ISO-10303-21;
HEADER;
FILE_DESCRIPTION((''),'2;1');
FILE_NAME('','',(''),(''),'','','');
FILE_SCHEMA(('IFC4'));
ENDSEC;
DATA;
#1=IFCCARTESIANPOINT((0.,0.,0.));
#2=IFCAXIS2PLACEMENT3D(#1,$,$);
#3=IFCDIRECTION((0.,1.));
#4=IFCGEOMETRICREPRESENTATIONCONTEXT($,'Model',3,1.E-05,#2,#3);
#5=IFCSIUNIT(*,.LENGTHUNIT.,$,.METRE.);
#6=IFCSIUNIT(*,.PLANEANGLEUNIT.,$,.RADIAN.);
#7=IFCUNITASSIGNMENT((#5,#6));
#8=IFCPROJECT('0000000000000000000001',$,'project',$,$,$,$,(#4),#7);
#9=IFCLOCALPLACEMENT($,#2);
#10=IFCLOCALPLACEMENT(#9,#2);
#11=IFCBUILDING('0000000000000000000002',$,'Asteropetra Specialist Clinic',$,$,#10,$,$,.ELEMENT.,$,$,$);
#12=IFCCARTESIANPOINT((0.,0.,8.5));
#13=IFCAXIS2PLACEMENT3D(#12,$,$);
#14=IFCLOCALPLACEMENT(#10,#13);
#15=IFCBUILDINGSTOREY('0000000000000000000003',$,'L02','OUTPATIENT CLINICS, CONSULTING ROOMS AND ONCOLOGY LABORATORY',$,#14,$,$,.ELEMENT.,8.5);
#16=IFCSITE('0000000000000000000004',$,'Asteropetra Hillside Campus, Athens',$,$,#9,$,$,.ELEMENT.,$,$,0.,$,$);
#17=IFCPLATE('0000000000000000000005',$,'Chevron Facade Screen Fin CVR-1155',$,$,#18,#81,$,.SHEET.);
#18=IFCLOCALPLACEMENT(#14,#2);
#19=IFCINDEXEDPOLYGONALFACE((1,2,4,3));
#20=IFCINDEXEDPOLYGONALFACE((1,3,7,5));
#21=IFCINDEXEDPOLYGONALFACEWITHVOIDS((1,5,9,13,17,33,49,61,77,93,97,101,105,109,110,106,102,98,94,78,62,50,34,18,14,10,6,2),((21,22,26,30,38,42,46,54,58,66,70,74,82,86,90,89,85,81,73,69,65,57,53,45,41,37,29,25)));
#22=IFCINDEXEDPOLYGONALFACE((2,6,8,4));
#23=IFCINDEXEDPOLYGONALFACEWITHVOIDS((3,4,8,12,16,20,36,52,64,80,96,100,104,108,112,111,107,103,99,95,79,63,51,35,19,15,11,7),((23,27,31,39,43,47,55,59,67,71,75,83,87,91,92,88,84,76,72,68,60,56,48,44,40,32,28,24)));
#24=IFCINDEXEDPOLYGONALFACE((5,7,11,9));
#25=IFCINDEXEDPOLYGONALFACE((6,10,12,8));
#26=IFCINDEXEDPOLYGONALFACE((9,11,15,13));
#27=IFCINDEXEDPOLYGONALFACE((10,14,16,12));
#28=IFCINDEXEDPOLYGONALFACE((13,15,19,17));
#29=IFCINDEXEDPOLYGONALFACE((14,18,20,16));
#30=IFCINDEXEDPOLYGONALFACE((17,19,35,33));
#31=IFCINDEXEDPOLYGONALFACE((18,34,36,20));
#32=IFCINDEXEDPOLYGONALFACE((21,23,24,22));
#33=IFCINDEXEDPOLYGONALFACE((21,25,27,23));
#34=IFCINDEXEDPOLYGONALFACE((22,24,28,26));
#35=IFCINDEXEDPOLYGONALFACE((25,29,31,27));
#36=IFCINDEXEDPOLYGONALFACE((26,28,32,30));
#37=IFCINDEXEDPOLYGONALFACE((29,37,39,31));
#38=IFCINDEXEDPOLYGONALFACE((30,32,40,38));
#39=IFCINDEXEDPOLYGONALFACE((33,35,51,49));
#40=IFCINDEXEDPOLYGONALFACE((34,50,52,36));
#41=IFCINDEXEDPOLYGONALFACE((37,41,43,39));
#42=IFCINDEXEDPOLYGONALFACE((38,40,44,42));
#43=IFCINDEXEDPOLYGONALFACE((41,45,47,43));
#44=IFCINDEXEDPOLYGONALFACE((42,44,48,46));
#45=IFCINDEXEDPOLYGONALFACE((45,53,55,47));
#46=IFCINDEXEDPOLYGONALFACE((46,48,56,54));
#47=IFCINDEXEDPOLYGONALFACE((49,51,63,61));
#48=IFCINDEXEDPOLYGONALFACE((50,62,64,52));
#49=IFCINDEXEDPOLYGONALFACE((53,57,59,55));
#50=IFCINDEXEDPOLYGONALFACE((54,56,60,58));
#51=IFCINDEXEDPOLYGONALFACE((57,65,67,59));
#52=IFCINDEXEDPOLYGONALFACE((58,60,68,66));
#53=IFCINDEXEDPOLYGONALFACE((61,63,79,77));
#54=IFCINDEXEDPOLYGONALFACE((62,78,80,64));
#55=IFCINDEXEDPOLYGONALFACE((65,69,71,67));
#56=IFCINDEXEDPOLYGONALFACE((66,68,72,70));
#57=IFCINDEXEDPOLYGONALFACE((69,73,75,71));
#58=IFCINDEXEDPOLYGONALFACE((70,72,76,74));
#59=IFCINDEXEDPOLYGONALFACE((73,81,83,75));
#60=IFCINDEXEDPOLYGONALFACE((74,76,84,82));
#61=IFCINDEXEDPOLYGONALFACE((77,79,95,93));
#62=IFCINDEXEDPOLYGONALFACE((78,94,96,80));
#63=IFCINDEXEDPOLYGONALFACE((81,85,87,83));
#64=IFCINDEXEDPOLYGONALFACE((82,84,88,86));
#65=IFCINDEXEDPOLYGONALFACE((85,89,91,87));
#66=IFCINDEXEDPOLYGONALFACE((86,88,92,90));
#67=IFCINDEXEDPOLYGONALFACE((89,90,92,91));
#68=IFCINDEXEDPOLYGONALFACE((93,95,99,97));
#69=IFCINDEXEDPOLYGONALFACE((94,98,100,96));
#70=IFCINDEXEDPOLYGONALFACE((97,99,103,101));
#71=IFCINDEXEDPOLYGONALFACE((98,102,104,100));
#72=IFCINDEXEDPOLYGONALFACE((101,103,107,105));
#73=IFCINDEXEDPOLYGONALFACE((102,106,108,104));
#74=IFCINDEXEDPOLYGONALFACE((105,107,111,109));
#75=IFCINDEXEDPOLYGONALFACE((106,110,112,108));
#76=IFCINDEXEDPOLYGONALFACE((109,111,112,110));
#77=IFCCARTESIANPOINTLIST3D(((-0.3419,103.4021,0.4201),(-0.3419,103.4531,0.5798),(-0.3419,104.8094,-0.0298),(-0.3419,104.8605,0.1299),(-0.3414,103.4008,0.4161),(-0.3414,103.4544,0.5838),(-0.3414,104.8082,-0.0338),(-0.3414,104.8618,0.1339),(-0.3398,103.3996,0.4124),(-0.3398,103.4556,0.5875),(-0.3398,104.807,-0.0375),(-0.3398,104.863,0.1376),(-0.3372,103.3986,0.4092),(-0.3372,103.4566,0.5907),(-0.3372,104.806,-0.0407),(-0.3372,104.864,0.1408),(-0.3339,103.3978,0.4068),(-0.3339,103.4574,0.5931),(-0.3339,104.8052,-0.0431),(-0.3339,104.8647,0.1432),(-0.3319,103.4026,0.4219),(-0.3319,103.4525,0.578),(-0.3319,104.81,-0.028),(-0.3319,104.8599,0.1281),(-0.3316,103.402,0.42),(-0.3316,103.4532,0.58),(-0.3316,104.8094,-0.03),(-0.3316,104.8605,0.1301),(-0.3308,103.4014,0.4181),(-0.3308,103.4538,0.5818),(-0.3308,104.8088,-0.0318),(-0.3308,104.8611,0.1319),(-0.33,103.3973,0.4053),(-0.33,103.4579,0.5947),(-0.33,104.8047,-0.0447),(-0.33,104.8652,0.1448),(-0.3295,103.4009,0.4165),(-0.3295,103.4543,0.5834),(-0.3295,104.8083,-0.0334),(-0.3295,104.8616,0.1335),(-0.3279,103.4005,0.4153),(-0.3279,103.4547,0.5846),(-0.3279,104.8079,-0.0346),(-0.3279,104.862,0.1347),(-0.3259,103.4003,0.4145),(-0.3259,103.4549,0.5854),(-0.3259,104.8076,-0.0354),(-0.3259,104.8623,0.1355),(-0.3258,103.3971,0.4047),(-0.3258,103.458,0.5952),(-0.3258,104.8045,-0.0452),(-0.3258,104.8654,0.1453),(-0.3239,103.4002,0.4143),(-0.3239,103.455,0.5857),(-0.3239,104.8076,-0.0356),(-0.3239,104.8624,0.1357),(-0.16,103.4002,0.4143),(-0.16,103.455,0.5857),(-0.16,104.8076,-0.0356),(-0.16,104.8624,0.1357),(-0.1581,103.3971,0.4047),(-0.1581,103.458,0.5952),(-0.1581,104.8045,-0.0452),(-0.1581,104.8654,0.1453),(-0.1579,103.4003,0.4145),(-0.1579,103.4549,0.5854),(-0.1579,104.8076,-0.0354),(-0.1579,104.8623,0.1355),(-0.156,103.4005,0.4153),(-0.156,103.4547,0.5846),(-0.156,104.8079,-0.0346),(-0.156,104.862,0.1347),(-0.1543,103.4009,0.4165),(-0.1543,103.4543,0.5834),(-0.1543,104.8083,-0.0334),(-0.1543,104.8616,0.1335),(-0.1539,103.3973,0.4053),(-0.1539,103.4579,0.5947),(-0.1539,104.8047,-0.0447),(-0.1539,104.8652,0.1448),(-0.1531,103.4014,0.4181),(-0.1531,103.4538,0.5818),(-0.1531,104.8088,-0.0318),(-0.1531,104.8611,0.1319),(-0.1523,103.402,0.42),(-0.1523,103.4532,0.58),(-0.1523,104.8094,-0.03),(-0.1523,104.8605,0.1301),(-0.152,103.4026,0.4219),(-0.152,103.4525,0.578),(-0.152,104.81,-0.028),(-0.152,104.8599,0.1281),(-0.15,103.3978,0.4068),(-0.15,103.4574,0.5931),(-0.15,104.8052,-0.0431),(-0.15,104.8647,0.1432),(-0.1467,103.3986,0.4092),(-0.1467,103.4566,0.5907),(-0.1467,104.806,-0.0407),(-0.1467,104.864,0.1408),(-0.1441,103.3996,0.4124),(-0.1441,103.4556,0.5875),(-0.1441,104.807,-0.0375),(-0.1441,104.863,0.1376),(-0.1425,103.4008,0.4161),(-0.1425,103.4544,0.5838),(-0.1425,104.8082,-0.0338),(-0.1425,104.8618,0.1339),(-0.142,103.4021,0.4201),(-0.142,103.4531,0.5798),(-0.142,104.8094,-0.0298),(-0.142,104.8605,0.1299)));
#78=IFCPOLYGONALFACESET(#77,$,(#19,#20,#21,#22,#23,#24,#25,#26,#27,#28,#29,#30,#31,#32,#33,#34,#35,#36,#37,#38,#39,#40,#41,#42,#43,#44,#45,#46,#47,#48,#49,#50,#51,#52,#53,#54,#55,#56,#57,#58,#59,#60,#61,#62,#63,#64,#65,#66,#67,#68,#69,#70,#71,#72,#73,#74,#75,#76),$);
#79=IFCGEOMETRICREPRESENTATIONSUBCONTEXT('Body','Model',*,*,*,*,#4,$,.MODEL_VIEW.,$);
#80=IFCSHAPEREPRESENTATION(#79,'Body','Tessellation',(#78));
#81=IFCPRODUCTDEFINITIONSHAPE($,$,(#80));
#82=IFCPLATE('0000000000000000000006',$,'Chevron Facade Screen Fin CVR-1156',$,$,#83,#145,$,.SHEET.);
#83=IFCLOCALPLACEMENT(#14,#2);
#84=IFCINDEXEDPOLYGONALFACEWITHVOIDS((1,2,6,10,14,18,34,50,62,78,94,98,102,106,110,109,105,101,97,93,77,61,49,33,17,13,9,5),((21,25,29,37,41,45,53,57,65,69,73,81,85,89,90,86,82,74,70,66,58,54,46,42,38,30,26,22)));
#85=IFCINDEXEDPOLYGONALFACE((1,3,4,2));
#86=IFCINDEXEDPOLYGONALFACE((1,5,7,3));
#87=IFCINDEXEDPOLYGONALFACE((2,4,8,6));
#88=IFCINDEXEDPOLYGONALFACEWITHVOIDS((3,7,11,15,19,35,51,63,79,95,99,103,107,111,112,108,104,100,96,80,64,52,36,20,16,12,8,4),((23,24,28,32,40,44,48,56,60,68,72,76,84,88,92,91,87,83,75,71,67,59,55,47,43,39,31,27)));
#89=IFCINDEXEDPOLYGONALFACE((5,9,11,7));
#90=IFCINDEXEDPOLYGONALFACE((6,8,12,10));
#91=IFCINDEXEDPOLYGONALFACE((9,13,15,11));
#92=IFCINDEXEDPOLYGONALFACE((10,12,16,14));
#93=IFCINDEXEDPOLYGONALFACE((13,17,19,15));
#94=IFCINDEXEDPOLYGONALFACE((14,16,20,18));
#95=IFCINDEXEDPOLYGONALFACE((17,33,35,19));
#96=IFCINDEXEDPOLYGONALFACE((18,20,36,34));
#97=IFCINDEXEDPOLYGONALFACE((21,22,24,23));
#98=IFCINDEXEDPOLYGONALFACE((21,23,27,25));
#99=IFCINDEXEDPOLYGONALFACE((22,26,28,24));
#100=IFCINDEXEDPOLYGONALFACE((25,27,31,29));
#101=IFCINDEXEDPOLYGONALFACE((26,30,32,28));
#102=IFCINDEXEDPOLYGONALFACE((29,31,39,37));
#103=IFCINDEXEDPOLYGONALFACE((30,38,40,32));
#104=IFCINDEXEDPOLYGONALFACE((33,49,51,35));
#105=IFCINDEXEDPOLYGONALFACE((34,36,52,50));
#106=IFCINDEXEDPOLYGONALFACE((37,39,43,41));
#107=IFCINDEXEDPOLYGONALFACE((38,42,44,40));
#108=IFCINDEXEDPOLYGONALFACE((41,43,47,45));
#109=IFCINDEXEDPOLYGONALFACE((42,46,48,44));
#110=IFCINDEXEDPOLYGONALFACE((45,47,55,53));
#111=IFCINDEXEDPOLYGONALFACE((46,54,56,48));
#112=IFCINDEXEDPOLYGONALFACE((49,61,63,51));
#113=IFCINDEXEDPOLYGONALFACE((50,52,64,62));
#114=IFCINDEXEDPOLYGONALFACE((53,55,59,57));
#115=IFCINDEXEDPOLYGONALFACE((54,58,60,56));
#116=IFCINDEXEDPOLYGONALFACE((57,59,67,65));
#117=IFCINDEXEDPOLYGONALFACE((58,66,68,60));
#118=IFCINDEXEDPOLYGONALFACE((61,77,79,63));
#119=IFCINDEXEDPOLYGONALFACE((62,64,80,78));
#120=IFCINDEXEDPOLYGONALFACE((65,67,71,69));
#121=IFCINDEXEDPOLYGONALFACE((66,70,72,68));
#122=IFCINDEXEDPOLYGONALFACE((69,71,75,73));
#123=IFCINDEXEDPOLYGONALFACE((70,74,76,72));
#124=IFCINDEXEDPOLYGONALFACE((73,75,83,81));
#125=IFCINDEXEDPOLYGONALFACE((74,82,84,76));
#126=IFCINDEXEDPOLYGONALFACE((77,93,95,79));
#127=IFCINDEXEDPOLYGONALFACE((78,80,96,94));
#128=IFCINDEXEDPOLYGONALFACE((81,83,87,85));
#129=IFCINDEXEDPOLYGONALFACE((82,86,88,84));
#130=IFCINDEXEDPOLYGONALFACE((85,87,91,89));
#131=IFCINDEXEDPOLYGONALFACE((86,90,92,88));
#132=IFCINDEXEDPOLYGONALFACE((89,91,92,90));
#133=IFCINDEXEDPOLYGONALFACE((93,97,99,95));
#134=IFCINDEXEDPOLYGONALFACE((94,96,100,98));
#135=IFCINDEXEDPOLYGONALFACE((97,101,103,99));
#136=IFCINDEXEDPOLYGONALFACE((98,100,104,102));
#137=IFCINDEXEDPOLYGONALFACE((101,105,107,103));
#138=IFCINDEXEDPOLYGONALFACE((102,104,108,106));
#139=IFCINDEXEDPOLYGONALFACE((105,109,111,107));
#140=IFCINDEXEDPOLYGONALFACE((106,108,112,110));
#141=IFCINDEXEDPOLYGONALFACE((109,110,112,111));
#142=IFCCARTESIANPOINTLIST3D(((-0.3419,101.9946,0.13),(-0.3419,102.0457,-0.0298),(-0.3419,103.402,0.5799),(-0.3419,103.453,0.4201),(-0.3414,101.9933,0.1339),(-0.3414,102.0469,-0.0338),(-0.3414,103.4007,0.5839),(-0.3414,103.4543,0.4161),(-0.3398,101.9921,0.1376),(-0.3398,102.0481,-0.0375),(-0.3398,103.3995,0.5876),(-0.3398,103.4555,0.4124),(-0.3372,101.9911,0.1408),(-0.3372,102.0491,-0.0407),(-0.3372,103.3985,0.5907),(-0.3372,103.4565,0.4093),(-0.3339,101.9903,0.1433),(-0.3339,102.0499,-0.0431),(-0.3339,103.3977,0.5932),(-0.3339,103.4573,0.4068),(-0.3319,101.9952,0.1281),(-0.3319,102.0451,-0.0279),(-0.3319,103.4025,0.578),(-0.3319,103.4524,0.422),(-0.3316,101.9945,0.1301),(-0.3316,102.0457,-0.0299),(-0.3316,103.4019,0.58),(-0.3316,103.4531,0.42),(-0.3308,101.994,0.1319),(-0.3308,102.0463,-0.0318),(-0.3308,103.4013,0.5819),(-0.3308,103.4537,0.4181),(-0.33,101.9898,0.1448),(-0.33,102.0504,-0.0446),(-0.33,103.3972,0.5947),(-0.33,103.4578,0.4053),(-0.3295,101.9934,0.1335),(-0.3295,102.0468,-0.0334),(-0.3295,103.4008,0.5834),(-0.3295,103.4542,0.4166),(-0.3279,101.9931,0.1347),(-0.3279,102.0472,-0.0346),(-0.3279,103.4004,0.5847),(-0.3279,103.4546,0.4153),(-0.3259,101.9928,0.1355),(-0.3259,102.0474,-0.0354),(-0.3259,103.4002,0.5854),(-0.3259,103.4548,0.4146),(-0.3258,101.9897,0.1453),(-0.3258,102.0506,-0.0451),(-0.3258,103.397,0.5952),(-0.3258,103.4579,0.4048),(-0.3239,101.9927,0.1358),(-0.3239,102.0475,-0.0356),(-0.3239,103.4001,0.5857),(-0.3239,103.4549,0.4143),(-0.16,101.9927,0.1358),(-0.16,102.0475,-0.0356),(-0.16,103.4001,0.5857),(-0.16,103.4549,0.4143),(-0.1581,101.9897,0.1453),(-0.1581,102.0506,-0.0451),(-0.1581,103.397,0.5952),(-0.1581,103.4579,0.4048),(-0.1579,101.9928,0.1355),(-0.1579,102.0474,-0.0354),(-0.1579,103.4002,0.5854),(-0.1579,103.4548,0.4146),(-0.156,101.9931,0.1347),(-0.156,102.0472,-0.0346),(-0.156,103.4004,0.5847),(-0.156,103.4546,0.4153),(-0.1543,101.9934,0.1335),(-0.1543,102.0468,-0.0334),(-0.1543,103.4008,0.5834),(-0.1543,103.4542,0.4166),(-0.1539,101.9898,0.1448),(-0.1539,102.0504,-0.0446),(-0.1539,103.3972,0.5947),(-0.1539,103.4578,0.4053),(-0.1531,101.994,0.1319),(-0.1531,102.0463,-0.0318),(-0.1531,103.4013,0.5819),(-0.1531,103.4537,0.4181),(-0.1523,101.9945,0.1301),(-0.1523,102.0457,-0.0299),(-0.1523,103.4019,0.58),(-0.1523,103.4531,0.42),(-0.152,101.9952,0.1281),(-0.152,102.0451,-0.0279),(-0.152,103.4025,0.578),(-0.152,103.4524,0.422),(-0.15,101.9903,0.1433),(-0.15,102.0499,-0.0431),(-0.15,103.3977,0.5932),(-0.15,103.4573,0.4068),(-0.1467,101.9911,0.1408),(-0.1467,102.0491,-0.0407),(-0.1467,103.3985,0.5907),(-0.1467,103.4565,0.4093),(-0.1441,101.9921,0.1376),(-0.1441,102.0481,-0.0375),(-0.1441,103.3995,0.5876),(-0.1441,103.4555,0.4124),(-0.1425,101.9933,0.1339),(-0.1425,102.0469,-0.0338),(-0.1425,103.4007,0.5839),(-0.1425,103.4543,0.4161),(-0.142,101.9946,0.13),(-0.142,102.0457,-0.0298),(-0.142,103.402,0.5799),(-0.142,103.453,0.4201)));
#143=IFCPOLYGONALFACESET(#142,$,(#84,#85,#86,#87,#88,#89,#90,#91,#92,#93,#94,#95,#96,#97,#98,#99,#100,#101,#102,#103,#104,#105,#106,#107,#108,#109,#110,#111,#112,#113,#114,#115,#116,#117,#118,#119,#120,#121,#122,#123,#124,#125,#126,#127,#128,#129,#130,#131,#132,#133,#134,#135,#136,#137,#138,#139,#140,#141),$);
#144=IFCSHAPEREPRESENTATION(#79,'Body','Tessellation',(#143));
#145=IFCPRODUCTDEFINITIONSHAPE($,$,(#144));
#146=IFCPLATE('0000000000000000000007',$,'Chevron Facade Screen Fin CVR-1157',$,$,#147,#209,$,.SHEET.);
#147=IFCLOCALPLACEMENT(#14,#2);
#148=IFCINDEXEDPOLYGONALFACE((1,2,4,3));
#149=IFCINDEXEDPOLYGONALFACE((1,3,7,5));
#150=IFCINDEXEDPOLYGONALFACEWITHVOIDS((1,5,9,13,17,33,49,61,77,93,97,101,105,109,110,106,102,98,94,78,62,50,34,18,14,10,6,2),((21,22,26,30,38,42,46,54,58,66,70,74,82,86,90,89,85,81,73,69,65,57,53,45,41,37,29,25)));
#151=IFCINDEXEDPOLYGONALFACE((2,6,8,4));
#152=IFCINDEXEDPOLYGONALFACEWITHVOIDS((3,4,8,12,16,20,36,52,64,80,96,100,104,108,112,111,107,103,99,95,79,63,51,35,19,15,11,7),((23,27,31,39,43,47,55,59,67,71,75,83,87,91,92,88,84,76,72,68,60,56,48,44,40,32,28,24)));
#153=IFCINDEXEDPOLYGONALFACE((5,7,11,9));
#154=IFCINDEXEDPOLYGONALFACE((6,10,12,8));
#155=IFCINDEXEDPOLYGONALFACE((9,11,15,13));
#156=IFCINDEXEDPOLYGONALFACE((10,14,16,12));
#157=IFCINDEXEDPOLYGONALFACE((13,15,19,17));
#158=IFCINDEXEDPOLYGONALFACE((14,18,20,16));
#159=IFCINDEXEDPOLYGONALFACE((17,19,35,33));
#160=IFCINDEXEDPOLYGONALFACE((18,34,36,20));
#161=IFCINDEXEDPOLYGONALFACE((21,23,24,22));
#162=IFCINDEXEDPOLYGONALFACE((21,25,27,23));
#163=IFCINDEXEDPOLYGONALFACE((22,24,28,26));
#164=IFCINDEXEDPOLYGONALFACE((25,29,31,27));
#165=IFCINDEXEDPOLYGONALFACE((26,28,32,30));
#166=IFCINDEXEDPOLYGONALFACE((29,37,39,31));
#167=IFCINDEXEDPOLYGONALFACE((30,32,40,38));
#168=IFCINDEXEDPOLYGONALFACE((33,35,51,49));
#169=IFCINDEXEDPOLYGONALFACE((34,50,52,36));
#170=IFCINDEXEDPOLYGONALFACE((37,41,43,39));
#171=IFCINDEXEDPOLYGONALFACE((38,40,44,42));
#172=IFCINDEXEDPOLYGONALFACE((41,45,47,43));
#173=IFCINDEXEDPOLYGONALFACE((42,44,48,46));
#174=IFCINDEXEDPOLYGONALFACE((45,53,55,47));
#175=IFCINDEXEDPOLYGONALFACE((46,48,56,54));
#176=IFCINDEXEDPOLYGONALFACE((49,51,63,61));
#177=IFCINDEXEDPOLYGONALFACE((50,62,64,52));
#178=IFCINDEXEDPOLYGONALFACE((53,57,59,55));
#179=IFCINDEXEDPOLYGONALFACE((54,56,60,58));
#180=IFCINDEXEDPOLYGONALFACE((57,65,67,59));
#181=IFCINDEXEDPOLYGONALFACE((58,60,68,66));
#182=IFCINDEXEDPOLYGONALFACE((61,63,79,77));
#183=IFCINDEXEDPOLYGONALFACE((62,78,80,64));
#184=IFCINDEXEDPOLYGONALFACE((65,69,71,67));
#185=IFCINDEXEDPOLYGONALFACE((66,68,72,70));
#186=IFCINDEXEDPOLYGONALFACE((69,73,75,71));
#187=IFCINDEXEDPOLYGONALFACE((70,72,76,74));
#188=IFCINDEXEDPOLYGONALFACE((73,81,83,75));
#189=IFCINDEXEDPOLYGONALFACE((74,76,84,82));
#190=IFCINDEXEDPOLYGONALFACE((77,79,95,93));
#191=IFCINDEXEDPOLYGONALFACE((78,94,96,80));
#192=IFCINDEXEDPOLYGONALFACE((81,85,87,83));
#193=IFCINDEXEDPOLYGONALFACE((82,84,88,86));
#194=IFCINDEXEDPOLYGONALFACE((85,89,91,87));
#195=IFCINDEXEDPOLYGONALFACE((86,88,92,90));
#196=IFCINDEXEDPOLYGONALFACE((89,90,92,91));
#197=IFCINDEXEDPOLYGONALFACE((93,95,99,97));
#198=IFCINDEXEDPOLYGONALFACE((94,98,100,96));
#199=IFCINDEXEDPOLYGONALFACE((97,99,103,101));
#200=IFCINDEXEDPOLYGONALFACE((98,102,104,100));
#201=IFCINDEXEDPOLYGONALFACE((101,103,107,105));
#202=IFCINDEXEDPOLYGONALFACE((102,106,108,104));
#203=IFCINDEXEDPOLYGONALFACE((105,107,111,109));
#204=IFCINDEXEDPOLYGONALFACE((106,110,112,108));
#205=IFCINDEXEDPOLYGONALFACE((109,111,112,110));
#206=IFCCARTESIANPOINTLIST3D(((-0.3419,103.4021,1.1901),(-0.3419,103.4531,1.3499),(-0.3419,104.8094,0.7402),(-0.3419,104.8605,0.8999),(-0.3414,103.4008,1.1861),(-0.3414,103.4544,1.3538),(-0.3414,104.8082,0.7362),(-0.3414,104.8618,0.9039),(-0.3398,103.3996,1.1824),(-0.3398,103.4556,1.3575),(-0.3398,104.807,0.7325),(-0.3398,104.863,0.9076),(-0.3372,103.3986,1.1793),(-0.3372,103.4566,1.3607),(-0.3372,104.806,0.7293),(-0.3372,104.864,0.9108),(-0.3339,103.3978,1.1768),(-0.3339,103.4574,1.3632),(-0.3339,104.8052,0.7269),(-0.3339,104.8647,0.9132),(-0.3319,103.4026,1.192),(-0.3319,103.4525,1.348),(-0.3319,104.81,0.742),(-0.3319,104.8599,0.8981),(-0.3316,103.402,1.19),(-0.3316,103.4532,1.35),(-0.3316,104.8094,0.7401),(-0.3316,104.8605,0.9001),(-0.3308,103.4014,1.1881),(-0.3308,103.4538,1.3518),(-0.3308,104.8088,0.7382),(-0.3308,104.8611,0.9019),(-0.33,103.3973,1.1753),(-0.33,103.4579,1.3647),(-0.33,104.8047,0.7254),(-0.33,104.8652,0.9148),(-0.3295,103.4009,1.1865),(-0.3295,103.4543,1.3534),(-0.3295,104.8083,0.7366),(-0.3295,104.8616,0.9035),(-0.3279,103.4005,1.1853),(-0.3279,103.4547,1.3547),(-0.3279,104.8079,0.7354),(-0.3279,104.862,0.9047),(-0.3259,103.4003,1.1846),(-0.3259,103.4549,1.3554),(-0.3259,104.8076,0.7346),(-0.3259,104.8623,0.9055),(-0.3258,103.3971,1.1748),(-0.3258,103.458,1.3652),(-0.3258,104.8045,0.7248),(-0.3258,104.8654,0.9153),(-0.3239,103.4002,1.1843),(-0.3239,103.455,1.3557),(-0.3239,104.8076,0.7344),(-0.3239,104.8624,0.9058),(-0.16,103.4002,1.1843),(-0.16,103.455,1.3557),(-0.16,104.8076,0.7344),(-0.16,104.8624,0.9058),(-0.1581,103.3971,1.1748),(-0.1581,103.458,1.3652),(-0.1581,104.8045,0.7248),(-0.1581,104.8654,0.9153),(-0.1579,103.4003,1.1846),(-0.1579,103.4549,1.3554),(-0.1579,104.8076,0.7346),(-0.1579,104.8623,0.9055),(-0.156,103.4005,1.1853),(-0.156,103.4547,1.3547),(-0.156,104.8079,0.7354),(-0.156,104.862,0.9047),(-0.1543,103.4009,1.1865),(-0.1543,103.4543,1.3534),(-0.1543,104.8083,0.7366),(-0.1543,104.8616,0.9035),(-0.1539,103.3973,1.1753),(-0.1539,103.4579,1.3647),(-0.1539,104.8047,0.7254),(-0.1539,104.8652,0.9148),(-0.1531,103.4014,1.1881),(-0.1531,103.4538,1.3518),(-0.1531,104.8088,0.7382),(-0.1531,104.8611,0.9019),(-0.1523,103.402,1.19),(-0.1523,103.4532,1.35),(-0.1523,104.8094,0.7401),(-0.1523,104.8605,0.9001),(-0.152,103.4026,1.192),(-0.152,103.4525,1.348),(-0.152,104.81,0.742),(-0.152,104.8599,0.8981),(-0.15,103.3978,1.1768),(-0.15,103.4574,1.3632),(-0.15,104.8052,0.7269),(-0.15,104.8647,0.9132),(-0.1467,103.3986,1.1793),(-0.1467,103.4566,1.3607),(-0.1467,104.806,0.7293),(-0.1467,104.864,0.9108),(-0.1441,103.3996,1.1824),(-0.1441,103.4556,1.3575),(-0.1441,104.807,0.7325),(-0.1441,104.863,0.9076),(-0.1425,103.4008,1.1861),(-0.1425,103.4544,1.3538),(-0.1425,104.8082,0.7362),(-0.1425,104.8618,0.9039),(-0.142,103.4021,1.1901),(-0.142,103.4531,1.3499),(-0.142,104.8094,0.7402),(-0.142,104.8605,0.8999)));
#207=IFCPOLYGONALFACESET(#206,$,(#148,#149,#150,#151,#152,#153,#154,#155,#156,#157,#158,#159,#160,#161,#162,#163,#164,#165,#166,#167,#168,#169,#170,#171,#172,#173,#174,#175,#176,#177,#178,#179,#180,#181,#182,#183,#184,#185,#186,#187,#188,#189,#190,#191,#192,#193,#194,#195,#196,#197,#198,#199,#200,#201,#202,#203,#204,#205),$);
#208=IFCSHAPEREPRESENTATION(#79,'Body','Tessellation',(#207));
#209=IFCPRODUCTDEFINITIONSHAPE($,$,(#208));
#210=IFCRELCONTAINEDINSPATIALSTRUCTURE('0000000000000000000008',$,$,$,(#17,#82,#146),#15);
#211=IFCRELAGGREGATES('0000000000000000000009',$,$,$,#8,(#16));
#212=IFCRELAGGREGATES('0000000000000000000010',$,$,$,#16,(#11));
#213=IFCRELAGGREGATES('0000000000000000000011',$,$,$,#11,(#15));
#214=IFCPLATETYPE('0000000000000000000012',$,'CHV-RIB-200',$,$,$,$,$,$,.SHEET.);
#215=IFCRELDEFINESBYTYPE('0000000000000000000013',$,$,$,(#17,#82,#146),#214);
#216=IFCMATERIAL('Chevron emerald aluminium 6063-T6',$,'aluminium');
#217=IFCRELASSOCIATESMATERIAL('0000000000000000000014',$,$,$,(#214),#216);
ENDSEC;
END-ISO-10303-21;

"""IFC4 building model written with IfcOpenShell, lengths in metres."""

from ifc_helpers import new_model, si_unit, direction, frame, origin, origin_2d, place, context, subcontext, project, spatial, hollow_rectangle, extrude, material, material_profile, profile_set, type_object, element, save


model = new_model("IFC4")

# Units and contexts
model_context = context("Model", 3, precision=1e-05, world=origin(), true_north=direction((0.0, 1.0)))
body_context = subcontext(model_context, "Body", "Model", "MODEL_VIEW")
ifc_project = project(units=[si_unit("LENGTHUNIT", "METRE"), si_unit("PLANEANGLEUNIT", "RADIAN")], contexts=[model_context])

# Site, building, storey
site_placement = place(None, origin())
site = spatial("IfcSite", under=ifc_project, at=site_placement, Name="Asteropetra Hillside Campus, Athens", CompositionType="ELEMENT", RefElevation=0.0)
building_placement = place(site_placement, origin())
building = spatial("IfcBuilding", under=site, at=building_placement, Name="Asteropetra Specialist Clinic", CompositionType="ELEMENT")
storey_placement = place(building_placement, frame((0.0, 0.0, 8.5)))
storey = spatial("IfcBuildingStorey", under=building, at=storey_placement, Name="L02", Description="OUTPATIENT CLINICS, CONSULTING ROOMS AND ONCOLOGY LABORATORY", CompositionType="ELEMENT", Elevation=8.5)

# Plates
ifc_material_1 = material(Name="Chevron emerald aluminium 6063-T6", Category="aluminium")
ifc_material_profile = material_profile(ifc_material_1, hollow_rectangle(XDim=0.2, YDim=0.2, WallThickness=0.01, InnerFilletRadius=0.0081, OuterFilletRadius=0.0161, at=origin_2d()), Name="SHS 200x200x10.0")
ifc_profile_set = profile_set([ifc_material_profile], Name="Chevron emerald aluminium 6063-T6")
plate_type_1 = type_object("IfcPlateType", Name="CHV-RIB-200", PredefinedType="SHEET", material=ifc_profile_set)
for number, where, z_axis, x_axis, name in (
    (1, (-0.2419, 104.835, 0.05), (0.0, -0.95251, 0.304506), (1.0, 0.0, 0.0), "Chevron Facade Screen Fin CVR-1155"),
    (2, (-0.2419, 103.4275, 0.5), (0.0, -0.95251, -0.304506), (1.0, 0.0, 0.0), "Chevron Facade Screen Fin CVR-1156"),
    (3, (-0.2419, 104.835, 0.8201), (0.0, -0.95251, 0.304506), (1.0, 0.0, 0.0), "Chevron Facade Screen Fin CVR-1157"),
):
    element("IfcPlate", number, at=place(storey_placement, frame(where, z_axis=z_axis, x_axis=x_axis)), inside=storey, type_object=plate_type_1, Name=name, PredefinedType="SHEET", context=body_context, shape_type="SweptSolid", body=[
        extrude(hollow_rectangle(XDim=0.2, YDim=0.2, WallThickness=0.01, InnerFilletRadius=0.0081, OuterFilletRadius=0.0161, at=origin_2d()), origin(), (0.0, 0.0, 1.0), 1.4775),
    ])

save(model, "model.ifc")
